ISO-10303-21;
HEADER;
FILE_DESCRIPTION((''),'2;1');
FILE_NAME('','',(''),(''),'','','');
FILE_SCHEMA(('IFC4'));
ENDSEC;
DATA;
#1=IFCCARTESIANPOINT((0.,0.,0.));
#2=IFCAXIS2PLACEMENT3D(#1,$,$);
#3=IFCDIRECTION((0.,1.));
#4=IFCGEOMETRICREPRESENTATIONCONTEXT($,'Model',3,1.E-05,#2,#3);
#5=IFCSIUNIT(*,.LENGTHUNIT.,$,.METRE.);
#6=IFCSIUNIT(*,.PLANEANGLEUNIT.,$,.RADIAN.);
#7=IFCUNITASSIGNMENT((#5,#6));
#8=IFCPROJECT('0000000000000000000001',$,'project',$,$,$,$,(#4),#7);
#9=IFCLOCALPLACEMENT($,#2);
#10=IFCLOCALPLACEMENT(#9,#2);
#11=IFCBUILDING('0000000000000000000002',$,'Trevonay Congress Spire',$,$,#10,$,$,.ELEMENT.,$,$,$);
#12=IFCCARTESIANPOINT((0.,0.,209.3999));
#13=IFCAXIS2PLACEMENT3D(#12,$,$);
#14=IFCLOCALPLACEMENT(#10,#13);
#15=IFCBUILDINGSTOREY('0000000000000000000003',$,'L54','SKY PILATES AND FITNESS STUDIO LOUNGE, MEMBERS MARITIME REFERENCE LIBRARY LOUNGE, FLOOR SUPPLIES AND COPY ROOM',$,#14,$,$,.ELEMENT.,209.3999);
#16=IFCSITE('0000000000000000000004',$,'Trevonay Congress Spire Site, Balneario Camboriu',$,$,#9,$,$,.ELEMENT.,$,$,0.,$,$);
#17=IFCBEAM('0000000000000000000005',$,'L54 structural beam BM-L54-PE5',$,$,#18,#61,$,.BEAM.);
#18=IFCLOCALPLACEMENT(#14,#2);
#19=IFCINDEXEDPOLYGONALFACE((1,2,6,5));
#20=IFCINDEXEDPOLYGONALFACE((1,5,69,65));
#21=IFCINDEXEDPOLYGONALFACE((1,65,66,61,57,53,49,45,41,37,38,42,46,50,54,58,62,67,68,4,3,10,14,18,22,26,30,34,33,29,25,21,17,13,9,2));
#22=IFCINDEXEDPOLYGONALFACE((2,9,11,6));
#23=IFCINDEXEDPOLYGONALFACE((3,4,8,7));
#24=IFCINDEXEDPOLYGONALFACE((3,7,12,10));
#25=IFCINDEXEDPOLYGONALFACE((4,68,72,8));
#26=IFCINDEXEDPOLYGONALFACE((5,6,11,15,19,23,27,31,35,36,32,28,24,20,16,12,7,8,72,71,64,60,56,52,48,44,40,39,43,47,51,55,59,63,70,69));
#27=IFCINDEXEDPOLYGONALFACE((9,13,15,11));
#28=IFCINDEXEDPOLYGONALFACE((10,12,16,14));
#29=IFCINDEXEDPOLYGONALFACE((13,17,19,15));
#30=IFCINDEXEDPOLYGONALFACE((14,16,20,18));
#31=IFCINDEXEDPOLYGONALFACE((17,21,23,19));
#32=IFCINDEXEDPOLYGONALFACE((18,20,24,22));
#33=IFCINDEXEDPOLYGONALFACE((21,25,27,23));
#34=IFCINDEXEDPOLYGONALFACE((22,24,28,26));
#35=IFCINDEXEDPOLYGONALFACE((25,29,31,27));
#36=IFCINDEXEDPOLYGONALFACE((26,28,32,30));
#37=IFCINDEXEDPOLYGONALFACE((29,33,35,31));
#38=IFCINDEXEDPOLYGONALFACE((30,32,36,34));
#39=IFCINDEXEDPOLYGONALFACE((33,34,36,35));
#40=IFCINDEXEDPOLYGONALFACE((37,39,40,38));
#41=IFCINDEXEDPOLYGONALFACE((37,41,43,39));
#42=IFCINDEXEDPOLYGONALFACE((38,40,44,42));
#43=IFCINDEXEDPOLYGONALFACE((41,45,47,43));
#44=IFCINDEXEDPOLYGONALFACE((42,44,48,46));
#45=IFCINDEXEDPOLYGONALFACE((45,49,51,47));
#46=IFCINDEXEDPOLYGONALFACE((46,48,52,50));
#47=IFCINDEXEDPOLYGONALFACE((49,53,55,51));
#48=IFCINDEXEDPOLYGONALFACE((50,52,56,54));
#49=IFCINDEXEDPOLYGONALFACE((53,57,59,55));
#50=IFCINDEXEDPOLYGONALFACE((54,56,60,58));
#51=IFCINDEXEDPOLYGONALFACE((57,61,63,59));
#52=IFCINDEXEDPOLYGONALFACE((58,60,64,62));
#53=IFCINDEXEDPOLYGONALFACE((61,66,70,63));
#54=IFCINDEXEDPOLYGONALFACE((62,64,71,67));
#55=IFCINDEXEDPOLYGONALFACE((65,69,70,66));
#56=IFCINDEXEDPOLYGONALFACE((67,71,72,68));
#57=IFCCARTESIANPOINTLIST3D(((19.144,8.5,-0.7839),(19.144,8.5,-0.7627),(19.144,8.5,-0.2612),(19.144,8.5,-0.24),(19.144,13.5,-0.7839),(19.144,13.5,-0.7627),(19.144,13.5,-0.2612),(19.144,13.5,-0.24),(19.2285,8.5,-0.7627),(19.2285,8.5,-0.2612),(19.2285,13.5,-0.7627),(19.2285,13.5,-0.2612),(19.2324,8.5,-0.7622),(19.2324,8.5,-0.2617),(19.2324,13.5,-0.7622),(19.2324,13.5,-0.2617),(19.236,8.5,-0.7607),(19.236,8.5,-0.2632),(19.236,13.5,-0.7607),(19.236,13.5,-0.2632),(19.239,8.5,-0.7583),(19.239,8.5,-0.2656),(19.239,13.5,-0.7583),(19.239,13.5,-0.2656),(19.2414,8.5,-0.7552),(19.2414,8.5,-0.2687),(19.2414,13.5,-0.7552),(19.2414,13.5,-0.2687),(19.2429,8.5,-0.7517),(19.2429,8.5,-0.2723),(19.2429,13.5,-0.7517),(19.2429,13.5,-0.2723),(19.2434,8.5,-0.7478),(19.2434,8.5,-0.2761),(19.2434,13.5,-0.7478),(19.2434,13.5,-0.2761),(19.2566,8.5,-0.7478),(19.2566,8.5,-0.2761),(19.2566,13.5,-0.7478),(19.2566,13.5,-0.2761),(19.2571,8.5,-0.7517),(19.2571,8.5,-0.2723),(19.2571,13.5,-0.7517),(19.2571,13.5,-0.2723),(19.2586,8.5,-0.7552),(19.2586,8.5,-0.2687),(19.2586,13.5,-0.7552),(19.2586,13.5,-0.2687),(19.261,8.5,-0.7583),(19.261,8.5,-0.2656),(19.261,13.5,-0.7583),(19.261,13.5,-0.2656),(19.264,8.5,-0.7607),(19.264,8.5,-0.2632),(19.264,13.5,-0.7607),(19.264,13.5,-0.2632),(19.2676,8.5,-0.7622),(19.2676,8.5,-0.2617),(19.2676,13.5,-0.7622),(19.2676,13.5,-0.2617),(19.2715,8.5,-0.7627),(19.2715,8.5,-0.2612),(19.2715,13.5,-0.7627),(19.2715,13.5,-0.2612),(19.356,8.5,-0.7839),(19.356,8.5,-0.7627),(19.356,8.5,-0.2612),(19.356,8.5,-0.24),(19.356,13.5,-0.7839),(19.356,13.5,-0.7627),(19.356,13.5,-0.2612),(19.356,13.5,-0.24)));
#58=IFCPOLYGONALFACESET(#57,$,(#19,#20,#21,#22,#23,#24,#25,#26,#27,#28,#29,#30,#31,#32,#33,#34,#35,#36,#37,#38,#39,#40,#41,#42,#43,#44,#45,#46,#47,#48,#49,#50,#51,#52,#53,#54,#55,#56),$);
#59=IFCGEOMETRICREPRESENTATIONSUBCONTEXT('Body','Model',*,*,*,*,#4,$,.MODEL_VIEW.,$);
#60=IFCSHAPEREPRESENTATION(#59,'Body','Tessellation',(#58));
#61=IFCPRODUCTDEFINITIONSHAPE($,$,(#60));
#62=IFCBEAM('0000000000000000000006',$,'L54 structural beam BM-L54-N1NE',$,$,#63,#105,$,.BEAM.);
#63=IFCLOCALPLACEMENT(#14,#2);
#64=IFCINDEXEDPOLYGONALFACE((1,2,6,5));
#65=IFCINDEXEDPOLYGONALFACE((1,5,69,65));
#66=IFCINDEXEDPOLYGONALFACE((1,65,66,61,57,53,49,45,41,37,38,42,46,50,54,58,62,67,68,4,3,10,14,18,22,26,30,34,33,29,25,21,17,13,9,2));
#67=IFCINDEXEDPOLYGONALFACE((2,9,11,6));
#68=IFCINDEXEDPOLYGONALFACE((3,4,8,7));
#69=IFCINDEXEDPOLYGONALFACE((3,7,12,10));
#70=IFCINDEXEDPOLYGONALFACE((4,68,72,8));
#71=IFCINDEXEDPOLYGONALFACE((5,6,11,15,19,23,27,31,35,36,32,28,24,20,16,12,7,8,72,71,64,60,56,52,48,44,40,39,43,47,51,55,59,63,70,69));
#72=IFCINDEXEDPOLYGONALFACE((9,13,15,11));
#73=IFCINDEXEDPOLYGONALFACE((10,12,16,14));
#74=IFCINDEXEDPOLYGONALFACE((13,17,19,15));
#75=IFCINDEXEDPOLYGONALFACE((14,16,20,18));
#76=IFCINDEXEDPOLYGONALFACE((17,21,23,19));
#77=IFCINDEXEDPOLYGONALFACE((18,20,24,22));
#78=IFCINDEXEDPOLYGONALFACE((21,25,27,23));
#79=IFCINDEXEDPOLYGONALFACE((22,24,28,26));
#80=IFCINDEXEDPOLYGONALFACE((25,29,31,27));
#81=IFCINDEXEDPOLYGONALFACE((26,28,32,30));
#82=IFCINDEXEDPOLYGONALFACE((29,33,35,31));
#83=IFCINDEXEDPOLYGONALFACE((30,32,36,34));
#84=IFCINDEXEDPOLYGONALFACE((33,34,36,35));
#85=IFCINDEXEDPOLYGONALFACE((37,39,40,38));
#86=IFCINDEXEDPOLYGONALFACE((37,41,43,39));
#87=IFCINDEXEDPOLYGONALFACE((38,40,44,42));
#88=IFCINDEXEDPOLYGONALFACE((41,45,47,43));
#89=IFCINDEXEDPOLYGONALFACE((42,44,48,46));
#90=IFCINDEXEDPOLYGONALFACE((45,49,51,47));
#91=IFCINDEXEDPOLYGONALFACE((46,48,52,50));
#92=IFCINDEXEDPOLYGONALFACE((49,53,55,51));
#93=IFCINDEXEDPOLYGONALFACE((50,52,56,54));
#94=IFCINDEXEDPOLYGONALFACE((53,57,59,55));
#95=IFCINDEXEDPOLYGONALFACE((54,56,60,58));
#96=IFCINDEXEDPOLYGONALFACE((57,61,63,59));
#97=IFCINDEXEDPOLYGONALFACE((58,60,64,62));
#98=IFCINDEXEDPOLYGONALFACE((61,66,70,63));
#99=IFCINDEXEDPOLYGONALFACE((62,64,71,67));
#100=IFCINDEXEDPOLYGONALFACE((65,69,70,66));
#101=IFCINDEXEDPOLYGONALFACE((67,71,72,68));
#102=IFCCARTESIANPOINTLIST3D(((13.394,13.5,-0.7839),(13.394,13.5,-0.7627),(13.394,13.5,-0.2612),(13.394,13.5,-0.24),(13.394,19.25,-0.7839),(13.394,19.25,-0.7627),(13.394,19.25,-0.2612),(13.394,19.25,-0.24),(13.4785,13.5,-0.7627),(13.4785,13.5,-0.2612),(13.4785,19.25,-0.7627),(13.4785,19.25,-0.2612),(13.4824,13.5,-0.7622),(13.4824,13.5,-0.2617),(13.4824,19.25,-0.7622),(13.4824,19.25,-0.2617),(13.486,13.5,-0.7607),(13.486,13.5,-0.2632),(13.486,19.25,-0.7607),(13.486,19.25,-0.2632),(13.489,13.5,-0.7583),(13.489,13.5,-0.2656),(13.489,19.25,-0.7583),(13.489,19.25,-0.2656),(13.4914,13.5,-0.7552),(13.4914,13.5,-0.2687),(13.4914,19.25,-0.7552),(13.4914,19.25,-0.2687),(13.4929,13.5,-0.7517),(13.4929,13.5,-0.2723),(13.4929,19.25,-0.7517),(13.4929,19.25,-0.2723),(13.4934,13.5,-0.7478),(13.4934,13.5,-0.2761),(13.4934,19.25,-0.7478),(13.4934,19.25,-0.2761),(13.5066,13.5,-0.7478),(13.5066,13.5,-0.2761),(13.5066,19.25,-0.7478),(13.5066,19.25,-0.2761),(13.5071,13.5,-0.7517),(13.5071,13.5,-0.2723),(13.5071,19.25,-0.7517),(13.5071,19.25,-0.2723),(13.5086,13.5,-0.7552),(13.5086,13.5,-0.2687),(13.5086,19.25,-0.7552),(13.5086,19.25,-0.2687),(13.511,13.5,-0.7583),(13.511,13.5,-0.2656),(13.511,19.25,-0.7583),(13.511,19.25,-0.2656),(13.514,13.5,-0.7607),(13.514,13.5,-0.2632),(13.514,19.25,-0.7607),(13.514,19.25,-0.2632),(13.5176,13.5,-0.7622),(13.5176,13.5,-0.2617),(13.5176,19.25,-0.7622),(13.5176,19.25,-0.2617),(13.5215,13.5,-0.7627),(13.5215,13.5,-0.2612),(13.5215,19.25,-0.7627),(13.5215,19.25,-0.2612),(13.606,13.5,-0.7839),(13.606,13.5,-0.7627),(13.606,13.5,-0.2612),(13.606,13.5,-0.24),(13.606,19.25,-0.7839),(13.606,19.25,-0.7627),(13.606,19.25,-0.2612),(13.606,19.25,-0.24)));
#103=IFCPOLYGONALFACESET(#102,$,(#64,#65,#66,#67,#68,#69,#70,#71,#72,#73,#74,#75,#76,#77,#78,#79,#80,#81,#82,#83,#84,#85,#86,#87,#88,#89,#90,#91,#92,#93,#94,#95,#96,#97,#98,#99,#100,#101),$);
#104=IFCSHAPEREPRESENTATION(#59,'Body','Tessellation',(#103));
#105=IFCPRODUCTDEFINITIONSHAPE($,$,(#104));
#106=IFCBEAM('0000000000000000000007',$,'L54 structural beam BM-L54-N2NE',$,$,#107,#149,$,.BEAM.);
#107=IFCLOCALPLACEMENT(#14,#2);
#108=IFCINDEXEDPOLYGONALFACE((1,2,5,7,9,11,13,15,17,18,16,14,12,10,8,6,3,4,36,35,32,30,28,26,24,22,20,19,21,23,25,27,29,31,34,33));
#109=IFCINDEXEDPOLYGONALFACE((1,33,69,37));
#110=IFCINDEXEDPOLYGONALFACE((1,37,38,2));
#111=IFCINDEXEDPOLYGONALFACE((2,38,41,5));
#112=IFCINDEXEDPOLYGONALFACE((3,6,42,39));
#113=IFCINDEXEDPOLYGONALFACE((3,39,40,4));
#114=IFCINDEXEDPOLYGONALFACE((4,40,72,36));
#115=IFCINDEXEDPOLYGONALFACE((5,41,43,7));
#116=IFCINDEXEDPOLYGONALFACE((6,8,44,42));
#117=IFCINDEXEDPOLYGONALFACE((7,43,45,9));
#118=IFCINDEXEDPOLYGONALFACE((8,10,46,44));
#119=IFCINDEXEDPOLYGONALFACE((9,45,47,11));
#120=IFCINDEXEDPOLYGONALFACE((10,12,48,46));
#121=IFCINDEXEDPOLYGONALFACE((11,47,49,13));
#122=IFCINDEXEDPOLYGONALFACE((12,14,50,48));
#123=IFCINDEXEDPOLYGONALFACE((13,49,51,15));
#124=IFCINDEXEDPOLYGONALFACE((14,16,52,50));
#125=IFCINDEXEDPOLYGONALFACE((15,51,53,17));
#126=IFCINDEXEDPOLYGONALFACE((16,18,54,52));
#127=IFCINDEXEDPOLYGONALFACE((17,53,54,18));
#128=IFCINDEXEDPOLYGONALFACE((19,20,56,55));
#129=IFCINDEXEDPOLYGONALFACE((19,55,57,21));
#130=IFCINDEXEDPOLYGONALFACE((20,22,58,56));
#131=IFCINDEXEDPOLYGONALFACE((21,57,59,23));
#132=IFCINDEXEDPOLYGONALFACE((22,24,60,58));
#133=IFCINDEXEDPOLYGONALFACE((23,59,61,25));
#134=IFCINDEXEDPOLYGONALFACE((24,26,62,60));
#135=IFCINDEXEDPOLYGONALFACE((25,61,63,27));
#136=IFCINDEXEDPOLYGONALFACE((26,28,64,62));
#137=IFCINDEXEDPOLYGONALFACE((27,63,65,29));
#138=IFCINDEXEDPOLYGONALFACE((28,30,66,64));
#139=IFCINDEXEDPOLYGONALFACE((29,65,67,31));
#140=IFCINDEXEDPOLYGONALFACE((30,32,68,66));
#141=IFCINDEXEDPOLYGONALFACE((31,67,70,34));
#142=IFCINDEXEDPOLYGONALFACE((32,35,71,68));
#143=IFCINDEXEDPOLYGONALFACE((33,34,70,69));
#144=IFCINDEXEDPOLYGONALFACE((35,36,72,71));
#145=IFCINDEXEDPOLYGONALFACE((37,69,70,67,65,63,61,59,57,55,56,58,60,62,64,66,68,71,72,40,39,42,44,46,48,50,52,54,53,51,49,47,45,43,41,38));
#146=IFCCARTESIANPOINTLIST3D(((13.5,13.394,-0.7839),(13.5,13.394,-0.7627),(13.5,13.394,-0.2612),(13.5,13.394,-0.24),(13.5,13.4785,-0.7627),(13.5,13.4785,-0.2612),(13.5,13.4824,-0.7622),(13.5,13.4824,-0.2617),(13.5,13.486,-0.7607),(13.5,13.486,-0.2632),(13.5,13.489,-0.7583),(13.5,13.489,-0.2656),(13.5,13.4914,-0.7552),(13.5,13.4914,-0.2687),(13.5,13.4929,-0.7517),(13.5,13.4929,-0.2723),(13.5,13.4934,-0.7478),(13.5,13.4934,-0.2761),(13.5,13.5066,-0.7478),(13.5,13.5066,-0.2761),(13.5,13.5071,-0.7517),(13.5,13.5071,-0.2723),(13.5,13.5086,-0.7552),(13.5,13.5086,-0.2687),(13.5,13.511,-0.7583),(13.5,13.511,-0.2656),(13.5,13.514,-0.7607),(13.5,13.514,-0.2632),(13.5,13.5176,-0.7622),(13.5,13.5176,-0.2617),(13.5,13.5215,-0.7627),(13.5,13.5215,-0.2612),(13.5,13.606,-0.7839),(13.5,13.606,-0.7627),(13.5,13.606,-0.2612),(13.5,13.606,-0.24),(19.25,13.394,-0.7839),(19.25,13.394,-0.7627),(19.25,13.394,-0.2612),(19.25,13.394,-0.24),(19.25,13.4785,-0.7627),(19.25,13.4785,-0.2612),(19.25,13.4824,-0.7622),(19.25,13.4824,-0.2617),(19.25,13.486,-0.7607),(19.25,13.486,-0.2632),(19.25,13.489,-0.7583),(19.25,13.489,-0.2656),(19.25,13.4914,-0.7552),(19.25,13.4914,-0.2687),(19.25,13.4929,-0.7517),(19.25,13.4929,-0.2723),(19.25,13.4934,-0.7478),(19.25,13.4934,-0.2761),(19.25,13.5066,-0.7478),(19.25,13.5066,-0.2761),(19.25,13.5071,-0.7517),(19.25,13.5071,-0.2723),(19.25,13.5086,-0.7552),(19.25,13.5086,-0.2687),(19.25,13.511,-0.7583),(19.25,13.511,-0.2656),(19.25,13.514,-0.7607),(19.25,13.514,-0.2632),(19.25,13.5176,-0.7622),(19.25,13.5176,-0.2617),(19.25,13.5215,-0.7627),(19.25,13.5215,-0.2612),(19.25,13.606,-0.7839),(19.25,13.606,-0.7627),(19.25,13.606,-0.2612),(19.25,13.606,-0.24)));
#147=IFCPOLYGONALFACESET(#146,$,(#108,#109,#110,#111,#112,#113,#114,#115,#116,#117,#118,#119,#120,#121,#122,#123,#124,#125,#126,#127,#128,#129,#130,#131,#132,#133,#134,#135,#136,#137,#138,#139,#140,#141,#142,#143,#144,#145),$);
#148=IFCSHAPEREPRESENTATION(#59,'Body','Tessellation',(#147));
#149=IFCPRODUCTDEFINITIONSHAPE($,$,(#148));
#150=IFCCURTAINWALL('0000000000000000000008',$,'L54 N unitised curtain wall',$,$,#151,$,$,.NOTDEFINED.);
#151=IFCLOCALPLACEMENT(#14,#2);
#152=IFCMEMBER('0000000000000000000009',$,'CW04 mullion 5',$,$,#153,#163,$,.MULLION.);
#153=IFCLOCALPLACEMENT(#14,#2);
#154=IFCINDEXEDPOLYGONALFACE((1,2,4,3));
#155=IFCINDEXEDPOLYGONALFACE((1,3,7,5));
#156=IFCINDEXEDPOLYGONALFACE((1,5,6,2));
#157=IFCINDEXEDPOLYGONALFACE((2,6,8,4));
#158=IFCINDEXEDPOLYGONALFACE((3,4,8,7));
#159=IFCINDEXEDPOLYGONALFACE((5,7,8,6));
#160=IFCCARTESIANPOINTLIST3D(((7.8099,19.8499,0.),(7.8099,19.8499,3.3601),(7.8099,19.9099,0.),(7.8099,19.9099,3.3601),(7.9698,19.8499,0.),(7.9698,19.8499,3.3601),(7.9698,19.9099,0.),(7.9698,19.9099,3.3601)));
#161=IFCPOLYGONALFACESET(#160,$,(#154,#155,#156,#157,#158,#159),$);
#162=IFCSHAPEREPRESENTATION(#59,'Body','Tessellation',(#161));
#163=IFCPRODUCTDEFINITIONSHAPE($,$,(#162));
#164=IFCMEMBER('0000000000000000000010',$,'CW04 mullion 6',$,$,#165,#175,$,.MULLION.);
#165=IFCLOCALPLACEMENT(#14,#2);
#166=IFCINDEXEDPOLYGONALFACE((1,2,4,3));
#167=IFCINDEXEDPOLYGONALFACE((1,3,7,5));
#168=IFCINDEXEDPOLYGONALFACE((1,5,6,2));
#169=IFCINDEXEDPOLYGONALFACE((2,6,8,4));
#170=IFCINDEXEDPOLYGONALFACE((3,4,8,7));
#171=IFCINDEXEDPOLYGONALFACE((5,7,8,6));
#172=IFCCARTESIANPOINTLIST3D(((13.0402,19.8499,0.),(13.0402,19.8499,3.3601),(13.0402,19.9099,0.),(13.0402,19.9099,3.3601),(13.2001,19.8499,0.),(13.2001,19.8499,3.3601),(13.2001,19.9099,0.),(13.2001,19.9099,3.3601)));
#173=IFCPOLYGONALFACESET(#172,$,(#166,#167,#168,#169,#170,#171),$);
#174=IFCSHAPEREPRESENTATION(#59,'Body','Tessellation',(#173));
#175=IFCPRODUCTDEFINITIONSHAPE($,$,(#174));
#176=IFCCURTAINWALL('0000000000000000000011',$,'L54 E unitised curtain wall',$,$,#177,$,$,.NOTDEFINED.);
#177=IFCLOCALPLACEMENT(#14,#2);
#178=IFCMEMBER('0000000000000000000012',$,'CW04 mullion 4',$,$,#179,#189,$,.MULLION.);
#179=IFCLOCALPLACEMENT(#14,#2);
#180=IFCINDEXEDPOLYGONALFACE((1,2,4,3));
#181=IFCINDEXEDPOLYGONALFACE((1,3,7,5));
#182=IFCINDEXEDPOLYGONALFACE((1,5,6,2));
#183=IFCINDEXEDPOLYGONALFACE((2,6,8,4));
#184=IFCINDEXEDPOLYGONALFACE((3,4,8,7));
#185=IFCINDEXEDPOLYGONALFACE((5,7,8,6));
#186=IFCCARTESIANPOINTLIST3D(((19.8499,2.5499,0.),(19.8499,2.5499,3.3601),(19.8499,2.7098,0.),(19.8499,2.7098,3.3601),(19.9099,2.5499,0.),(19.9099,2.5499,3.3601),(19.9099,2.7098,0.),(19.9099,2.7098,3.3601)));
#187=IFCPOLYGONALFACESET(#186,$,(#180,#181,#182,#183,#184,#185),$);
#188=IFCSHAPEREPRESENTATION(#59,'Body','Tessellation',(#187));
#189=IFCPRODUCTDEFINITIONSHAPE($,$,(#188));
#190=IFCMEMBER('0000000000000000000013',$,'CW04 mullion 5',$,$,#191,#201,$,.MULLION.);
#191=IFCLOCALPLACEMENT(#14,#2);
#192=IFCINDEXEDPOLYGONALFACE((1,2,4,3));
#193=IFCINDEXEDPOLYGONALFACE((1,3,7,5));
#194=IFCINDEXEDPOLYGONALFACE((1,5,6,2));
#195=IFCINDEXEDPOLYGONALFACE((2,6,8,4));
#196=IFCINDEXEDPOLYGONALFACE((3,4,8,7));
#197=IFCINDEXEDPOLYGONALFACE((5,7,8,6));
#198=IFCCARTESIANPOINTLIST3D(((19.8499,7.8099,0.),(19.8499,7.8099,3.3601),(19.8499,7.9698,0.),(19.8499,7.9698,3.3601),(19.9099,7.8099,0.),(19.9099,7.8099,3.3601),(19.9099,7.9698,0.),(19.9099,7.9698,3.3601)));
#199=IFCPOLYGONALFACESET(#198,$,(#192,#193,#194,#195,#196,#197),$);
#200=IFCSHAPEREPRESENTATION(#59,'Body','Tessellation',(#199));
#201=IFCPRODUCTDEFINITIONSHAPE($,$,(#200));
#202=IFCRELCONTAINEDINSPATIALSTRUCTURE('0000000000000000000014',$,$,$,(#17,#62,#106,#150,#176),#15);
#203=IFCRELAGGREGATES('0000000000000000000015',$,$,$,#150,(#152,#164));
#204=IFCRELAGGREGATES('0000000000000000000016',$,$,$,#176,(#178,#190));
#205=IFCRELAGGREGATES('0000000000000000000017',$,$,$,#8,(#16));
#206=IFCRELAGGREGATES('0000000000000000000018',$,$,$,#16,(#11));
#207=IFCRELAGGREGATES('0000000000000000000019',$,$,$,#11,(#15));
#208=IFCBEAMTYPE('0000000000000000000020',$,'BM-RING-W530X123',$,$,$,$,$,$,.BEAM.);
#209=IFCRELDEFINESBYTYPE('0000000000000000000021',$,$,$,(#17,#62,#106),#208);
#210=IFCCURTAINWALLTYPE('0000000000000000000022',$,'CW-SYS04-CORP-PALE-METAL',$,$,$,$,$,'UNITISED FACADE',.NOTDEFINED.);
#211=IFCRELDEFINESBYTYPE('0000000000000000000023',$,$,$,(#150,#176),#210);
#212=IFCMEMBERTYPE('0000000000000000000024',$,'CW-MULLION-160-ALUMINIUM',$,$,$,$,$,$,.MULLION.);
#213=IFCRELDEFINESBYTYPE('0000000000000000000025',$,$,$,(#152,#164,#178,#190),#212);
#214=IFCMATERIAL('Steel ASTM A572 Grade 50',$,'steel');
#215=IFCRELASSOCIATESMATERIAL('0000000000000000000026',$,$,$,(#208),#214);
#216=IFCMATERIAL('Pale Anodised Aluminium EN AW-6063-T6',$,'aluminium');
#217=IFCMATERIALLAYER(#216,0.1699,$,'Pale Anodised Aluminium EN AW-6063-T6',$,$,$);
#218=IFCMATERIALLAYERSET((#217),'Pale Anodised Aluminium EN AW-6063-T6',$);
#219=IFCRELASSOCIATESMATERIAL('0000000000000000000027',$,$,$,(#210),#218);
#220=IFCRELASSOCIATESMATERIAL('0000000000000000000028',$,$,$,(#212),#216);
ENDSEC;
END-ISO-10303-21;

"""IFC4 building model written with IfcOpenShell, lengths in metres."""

from ifc_helpers import new_model, si_unit, direction, frame, origin, origin_2d, place, context, subcontext, project, spatial, rectangle, i_section, extrude, material, layer, layer_set, material_profile, profile_set, type_object, element, aggregate, save


model = new_model("IFC4")

# Units and contexts
model_context = context("Model", 3, precision=1e-05, world=origin(), true_north=direction((0.0, 1.0)))
body_context = subcontext(model_context, "Body", "Model", "MODEL_VIEW")
ifc_project = project(units=[si_unit("LENGTHUNIT", "METRE"), si_unit("PLANEANGLEUNIT", "RADIAN")], contexts=[model_context])

# Site, building, storey
site_placement = place(None, origin())
site = spatial("IfcSite", under=ifc_project, at=site_placement, Name="Trevonay Congress Spire Site, Balneario Camboriu", CompositionType="ELEMENT", RefElevation=0.0)
building_placement = place(site_placement, origin())
building = spatial("IfcBuilding", under=site, at=building_placement, Name="Trevonay Congress Spire", CompositionType="ELEMENT")
storey_placement = place(building_placement, frame((0.0, 0.0, 209.3999)))
storey = spatial("IfcBuildingStorey", under=building, at=storey_placement, Name="L54", Description="SKY PILATES AND FITNESS STUDIO LOUNGE, MEMBERS MARITIME REFERENCE LIBRARY LOUNGE, FLOOR SUPPLIES AND COPY ROOM", CompositionType="ELEMENT", Elevation=209.3999)

# Shared definitions
ifc_material_1 = material(Name="Steel ASTM A572 Grade 50", Category="steel")

# Beams
ifc_material_profile_1 = material_profile(ifc_material_1, i_section(OverallWidth=0.2119, OverallDepth=0.5439, WebThickness=0.0132, FlangeThickness=0.0212, FilletRadius=0.0149, at=origin_2d()), Name="W530x123")
ifc_profile_set_1 = profile_set([ifc_material_profile_1], Name="Steel ASTM A572 Grade 50")
beam_type_1 = type_object("IfcBeamType", Name="BM-RING-W530X123", PredefinedType="BEAM", material=ifc_profile_set_1)
for number, where, z_axis, x_axis, name in (
    (1, (19.25, 8.5, -0.512), (0.0, 1.0, 0.0), (-1.0, 0.0, 0.0), "L54 structural beam BM-L54-PE5"),
):
    element("IfcBeam", number, at=place(storey_placement, frame(where, z_axis=z_axis, x_axis=x_axis)), inside=storey, type_object=beam_type_1, Name=name, PredefinedType="BEAM", context=body_context, shape_type="SweptSolid", body=[
        extrude(i_section(OverallWidth=0.2119, OverallDepth=0.5439, WebThickness=0.0132, FlangeThickness=0.0212, FilletRadius=0.0149, at=origin_2d()), origin(), (0.0, 0.0, 1.0), 5.0),
    ])
for number, where, z_axis, x_axis, name in (
    (2, (13.5, 19.25, -0.512), (0.0, -1.0, 0.0), (1.0, 0.0, 0.0), "L54 structural beam BM-L54-N1NE"),
    (3, (19.25, 13.5, -0.512), (-1.0, 0.0, 0.0), (0.0, -1.0, 0.0), "L54 structural beam BM-L54-N2NE"),
):
    element("IfcBeam", number, at=place(storey_placement, frame(where, z_axis=z_axis, x_axis=x_axis)), inside=storey, type_object=beam_type_1, Name=name, PredefinedType="BEAM", context=body_context, shape_type="SweptSolid", body=[
        extrude(i_section(OverallWidth=0.2119, OverallDepth=0.5439, WebThickness=0.0132, FlangeThickness=0.0212, FilletRadius=0.0149, at=origin_2d()), origin(), (0.0, 0.0, 1.0), 5.75),
    ])

# Curtain walls, members
ifc_material_2 = material(Name="Pale Anodised Aluminium EN AW-6063-T6", Category="aluminium")
ifc_layer_1 = layer(ifc_material_2, 0.1699, Name="Pale Anodised Aluminium EN AW-6063-T6")
ifc_layer_set_1 = layer_set([ifc_layer_1], Name="Pale Anodised Aluminium EN AW-6063-T6")
curtain_wall_type = type_object("IfcCurtainWallType", Name="CW-SYS04-CORP-PALE-METAL", ElementType="UNITISED FACADE", PredefinedType="NOTDEFINED", material=ifc_layer_set_1)
curtain_wall_1_placement = place(storey_placement, origin())
curtain_wall_1 = element("IfcCurtainWall", 4, at=curtain_wall_1_placement, inside=storey, type_object=curtain_wall_type, Name="L54 N unitised curtain wall", PredefinedType="NOTDEFINED")
ifc_material_profile_2 = material_profile(ifc_material_2, rectangle(XDim=0.0601, YDim=0.1599, at=origin_2d()), Name="CW-MULLION-160-ALUMINIUM")
ifc_profile_set_2 = profile_set([ifc_material_profile_2], Name="Pale Anodised Aluminium EN AW-6063-T6")
member_type_1 = type_object("IfcMemberType", Name="CW-MULLION-160-ALUMINIUM", PredefinedType="MULLION", material=ifc_profile_set_2)
member_1_placement = place(storey_placement, frame((7.8899, 19.8799, 0.0), z_axis=(0.0, 0.0, 1.0), x_axis=(0.0, 1.0, 0.0)))
member_1 = element("IfcMember", 5, at=member_1_placement, type_object=member_type_1, Name="CW04 mullion 5", PredefinedType="MULLION", context=body_context, shape_type="SweptSolid", body=[
    extrude(rectangle(XDim=0.0601, YDim=0.1599, at=origin_2d()), origin(), (0.0, 0.0, 1.0), 3.3601),
])
member_2_placement = place(storey_placement, frame((13.1201, 19.8799, 0.0), z_axis=(0.0, 0.0, 1.0), x_axis=(0.0, 1.0, 0.0)))
member_2 = element("IfcMember", 6, at=member_2_placement, type_object=member_type_1, Name="CW04 mullion 6", PredefinedType="MULLION", context=body_context, shape_type="SweptSolid", body=[
    extrude(rectangle(XDim=0.0601, YDim=0.1599, at=origin_2d()), origin(), (0.0, 0.0, 1.0), 3.3601),
])
curtain_wall_2_placement = place(storey_placement, origin())
curtain_wall_2 = element("IfcCurtainWall", 7, at=curtain_wall_2_placement, inside=storey, type_object=curtain_wall_type, Name="L54 E unitised curtain wall", PredefinedType="NOTDEFINED")
member_3_placement = place(storey_placement, frame((19.8799, 2.6299, 0.0), z_axis=(0.0, 0.0, 1.0), x_axis=(-1.0, 0.0, 0.0)))
member_3 = element("IfcMember", 8, at=member_3_placement, type_object=member_type_1, Name="CW04 mullion 4", PredefinedType="MULLION", context=body_context, shape_type="SweptSolid", body=[
    extrude(rectangle(XDim=0.0601, YDim=0.1599, at=origin_2d()), origin(), (0.0, 0.0, 1.0), 3.3601),
])
member_4_placement = place(storey_placement, frame((19.8799, 7.8899, 0.0), z_axis=(0.0, 0.0, 1.0), x_axis=(-1.0, 0.0, 0.0)))
member_4 = element("IfcMember", 9, at=member_4_placement, type_object=member_type_1, Name="CW04 mullion 5", PredefinedType="MULLION", context=body_context, shape_type="SweptSolid", body=[
    extrude(rectangle(XDim=0.0601, YDim=0.1599, at=origin_2d()), origin(), (0.0, 0.0, 1.0), 3.3601),
])

aggregate(curtain_wall_1, [member_1, member_2])
aggregate(curtain_wall_2, [member_3, member_4])

save(model, "model.ifc")
